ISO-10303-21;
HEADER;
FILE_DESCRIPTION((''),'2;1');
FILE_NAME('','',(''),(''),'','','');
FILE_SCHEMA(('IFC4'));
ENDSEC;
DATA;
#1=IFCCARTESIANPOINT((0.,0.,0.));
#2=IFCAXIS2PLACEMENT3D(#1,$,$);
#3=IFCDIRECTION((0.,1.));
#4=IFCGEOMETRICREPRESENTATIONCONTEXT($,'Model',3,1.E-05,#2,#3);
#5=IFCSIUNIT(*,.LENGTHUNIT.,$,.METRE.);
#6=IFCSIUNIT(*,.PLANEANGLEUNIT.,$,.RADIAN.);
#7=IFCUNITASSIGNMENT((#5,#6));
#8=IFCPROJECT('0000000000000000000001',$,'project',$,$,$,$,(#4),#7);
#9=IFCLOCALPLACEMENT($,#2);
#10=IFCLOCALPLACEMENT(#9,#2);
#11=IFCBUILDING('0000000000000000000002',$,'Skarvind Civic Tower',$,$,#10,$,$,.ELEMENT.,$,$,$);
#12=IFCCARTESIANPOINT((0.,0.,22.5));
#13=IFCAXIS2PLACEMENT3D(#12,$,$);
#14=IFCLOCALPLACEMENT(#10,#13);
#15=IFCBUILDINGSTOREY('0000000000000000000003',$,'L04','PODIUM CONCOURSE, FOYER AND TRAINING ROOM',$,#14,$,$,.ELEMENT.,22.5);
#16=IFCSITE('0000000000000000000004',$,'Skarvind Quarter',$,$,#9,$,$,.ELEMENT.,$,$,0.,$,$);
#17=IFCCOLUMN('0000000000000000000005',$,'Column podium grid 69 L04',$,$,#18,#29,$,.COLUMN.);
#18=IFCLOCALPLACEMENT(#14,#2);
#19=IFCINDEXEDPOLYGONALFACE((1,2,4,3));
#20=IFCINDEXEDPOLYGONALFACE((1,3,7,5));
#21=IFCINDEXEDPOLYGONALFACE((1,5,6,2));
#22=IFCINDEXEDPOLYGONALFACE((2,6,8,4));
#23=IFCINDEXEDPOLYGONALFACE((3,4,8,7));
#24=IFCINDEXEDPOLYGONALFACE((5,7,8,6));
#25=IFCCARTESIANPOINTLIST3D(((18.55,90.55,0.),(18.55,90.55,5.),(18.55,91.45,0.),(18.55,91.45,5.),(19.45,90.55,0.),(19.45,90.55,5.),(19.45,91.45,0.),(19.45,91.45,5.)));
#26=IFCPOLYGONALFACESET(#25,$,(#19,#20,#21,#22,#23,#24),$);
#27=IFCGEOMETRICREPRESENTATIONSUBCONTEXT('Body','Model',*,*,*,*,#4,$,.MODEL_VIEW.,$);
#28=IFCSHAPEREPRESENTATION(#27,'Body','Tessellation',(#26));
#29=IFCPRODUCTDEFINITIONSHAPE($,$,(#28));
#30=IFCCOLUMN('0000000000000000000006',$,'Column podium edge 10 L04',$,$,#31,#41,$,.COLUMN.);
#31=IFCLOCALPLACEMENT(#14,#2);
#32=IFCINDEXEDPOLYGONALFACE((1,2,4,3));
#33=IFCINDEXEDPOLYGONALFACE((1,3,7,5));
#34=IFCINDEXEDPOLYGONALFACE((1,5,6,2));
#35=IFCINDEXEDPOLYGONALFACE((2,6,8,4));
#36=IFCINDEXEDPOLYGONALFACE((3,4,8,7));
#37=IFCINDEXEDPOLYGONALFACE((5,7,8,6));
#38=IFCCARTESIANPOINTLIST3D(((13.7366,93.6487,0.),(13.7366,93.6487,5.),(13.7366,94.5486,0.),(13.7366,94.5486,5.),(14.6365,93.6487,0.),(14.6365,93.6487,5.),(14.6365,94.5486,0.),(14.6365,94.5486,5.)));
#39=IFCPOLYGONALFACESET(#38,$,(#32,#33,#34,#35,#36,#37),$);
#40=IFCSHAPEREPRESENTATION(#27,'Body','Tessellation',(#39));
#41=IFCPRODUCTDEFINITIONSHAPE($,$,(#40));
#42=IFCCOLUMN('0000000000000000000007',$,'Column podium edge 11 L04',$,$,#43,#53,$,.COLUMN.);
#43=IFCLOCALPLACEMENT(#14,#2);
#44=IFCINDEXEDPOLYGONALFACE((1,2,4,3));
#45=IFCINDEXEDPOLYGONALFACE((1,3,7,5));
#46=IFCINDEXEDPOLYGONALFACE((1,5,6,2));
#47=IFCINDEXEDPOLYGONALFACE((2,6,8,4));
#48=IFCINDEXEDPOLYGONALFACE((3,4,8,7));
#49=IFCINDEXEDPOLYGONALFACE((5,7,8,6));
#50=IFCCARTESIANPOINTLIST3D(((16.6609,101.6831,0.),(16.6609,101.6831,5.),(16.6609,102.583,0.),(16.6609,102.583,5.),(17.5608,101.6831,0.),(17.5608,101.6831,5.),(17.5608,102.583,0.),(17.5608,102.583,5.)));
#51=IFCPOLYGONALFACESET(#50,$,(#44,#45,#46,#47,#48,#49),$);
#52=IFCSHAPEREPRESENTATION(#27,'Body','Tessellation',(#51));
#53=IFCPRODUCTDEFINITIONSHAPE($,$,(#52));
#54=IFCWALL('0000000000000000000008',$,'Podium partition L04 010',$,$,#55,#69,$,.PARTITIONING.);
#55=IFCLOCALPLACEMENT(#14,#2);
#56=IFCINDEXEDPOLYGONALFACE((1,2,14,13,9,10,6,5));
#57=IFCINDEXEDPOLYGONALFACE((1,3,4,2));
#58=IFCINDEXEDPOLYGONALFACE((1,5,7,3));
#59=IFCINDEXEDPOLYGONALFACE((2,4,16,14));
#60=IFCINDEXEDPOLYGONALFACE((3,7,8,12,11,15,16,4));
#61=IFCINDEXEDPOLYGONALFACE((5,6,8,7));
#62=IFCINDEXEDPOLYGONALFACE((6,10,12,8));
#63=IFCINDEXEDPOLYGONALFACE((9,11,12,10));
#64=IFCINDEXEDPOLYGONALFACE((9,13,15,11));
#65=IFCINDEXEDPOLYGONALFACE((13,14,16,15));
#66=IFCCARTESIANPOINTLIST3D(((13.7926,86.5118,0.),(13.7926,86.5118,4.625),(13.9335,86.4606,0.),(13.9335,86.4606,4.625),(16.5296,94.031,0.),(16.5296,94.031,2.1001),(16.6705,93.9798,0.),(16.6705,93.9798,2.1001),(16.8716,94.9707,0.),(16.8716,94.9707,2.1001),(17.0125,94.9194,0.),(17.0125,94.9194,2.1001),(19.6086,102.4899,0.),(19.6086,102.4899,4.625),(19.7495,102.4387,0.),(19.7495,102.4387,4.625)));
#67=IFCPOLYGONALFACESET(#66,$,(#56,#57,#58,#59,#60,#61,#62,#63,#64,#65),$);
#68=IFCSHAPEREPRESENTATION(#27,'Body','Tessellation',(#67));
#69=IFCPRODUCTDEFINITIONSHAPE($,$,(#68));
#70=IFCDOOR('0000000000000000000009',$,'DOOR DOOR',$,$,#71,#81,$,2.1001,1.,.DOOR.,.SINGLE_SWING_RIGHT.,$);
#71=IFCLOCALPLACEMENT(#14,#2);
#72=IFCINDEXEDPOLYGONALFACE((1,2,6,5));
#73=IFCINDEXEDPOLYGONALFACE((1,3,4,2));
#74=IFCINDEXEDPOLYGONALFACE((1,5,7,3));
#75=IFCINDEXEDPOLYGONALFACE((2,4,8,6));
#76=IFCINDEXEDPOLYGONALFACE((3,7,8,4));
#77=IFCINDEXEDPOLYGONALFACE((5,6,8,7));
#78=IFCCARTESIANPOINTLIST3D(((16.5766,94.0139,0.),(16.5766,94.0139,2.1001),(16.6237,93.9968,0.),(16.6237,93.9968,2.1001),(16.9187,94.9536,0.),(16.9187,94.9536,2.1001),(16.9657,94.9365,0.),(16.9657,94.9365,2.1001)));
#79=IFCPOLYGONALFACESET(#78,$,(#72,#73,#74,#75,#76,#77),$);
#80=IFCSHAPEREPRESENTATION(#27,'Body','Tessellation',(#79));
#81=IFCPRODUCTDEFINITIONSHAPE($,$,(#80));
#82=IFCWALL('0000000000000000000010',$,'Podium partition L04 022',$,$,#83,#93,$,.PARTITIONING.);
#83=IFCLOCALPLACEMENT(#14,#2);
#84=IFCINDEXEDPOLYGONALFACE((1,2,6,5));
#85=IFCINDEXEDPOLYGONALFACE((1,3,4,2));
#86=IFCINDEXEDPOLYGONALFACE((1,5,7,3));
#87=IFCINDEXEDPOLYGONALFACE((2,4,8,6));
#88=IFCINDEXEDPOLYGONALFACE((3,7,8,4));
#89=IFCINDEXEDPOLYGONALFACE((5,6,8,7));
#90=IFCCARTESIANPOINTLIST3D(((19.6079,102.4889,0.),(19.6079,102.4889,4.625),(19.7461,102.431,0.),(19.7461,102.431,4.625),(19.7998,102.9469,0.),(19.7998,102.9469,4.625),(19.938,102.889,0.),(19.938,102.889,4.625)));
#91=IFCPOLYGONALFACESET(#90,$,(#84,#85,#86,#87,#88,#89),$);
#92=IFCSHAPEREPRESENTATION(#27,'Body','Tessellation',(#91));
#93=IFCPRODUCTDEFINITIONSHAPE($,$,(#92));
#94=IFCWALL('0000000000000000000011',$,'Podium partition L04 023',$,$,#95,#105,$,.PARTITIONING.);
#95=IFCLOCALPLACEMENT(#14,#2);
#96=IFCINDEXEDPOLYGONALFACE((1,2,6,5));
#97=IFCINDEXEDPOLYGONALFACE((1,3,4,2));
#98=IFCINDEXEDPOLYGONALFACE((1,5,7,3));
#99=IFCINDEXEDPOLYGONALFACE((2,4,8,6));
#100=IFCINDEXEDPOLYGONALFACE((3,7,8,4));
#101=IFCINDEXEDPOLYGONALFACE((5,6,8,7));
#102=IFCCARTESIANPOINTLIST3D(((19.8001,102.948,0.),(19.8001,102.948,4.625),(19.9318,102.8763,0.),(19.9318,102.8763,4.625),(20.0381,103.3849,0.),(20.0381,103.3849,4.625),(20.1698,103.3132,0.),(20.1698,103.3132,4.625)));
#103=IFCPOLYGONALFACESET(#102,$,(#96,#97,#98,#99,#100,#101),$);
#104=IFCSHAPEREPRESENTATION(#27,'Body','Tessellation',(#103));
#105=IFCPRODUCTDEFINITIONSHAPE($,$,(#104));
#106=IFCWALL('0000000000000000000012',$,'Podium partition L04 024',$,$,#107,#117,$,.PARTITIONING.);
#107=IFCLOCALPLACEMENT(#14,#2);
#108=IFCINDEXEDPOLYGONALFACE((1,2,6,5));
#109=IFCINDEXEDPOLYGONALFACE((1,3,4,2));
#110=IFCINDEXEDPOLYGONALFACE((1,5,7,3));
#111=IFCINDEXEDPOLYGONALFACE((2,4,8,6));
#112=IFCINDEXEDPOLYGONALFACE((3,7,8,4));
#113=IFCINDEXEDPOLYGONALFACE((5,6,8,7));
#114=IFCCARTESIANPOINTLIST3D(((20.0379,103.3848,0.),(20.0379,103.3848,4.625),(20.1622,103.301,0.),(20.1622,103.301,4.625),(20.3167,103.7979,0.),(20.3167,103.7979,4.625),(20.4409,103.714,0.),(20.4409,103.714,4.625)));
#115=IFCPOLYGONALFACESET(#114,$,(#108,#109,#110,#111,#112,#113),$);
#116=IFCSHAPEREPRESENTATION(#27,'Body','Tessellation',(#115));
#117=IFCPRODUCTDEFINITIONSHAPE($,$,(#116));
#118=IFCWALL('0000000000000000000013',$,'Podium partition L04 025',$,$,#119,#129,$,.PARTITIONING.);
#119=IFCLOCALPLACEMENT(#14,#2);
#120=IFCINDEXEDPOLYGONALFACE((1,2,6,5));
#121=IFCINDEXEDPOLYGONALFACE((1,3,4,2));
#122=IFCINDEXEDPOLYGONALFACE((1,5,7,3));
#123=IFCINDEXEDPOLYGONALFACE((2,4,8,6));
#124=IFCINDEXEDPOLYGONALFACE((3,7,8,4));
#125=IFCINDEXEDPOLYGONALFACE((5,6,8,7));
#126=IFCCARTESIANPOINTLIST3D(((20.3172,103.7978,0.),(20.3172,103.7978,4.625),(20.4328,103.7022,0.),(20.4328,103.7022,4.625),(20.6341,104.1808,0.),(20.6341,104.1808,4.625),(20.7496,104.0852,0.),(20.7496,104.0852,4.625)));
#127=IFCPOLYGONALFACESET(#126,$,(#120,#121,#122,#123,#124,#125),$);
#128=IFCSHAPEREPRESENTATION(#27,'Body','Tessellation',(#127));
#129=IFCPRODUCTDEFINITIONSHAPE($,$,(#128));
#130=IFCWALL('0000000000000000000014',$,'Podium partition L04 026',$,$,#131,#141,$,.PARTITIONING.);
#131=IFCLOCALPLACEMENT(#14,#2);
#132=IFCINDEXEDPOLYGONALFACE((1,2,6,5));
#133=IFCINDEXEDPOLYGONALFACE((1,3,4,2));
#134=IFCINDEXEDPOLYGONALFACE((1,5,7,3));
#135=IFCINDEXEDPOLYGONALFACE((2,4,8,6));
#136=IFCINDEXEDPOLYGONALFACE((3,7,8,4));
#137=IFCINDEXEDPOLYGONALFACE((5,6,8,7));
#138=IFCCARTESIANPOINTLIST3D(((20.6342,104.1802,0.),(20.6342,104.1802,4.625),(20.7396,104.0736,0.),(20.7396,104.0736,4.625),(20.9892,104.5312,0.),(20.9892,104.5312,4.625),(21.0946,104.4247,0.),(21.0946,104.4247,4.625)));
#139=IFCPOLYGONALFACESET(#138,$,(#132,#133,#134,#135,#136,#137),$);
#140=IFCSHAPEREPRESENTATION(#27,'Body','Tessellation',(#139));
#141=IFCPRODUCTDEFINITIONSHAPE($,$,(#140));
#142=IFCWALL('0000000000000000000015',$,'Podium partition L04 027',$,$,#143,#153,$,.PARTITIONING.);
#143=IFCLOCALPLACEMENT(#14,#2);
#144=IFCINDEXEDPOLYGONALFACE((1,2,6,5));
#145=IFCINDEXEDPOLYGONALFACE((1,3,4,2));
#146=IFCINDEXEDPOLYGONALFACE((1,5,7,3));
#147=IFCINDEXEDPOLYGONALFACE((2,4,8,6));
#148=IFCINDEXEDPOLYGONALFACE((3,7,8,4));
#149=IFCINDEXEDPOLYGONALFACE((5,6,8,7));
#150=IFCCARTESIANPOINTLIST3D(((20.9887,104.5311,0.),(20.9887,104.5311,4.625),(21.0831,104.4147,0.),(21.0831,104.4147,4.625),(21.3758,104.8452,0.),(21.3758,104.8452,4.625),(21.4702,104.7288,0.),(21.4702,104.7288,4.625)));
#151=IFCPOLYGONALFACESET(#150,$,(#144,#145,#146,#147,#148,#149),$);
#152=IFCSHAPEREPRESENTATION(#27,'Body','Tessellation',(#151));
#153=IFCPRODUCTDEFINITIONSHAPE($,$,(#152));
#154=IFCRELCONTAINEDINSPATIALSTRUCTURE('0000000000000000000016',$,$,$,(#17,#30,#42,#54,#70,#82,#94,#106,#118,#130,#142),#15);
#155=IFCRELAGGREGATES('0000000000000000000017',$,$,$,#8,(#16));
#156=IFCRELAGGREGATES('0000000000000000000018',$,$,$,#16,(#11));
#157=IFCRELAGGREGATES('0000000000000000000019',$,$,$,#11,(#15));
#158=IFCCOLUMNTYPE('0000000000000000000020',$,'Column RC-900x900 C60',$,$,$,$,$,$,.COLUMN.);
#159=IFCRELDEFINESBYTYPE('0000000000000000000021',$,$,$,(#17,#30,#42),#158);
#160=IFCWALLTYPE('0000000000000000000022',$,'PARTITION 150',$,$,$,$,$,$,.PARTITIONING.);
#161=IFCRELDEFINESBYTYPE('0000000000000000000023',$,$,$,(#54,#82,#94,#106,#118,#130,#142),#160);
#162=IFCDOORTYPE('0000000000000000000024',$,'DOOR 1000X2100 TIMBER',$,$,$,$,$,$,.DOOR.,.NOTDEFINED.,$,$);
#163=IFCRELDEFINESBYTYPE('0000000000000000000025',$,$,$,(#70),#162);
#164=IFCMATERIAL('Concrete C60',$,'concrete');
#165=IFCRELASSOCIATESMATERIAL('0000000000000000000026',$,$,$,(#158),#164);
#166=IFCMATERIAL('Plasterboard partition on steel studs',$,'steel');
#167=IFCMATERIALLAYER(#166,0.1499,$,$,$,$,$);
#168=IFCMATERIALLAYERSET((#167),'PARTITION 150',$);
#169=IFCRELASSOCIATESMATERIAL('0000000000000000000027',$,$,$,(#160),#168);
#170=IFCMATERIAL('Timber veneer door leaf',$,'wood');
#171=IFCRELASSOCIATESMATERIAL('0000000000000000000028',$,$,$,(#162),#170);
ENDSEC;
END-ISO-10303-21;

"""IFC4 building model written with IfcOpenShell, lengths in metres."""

from ifc_helpers import new_model, si_unit, direction, frame, frame_2d, origin, origin_2d, place, context, subcontext, project, spatial, rectangle, extrude, material, layer, layer_set, material_profile, profile_set, type_object, element, fill, save


model = new_model("IFC4")

# Units and contexts
model_context = context("Model", 3, precision=1e-05, world=origin(), true_north=direction((0.0, 1.0)))
body_context = subcontext(model_context, "Body", "Model", "MODEL_VIEW")
ifc_project = project(units=[si_unit("LENGTHUNIT", "METRE"), si_unit("PLANEANGLEUNIT", "RADIAN")], contexts=[model_context])

# Site, building, storey
site_placement = place(None, origin())
site = spatial("IfcSite", under=ifc_project, at=site_placement, Name="Skarvind Quarter", CompositionType="ELEMENT", RefElevation=0.0)
building_placement = place(site_placement, origin())
building = spatial("IfcBuilding", under=site, at=building_placement, Name="Skarvind Civic Tower", CompositionType="ELEMENT")
storey_placement = place(building_placement, frame((0.0, 0.0, 22.5)))
storey = spatial("IfcBuildingStorey", under=building, at=storey_placement, Name="L04", Description="PODIUM CONCOURSE, FOYER AND TRAINING ROOM", CompositionType="ELEMENT", Elevation=22.5)

# Columns
ifc_material_1 = material(Name="Concrete C60", Category="concrete")
ifc_material_profile = material_profile(ifc_material_1, rectangle(XDim=0.8999, YDim=0.8999, at=origin_2d()), Name="RC-900x900")
ifc_profile_set = profile_set([ifc_material_profile], Name="Concrete C60")
column_type = type_object("IfcColumnType", Name="Column RC-900x900 C60", PredefinedType="COLUMN", material=ifc_profile_set)
for number, where, z_axis, x_axis, name in (
    (1, (19.0, 91.0, 0.0), (0.0, 0.0, 1.0), (1.0, 0.0, 0.0), "Column podium grid 69 L04"),
    (2, (14.1865, 94.0986, 0.0), (0.0, 0.0, 1.0), (1.0, 0.0, 0.0), "Column podium edge 10 L04"),
    (3, (17.1108, 102.1331, 0.0), (0.0, 0.0, 1.0), (1.0, 0.0, 0.0), "Column podium edge 11 L04"),
):
    element("IfcColumn", number, at=place(storey_placement, frame(where, z_axis=z_axis, x_axis=x_axis)), inside=storey, type_object=column_type, Name=name, PredefinedType="COLUMN", context=body_context, shape_type="SweptSolid", body=[
        extrude(rectangle(XDim=0.8999, YDim=0.8999, at=origin_2d()), origin(), (0.0, 0.0, 1.0), 5.0),
    ])

# Wall, opening, door
ifc_material_2 = material(Name="Plasterboard partition on steel studs", Category="steel")
ifc_layer_1 = layer(ifc_material_2, 0.1499)
ifc_layer_set_1 = layer_set([ifc_layer_1], Name="PARTITION 150")
wall_type_1 = type_object("IfcWallType", Name="PARTITION 150", PredefinedType="PARTITIONING", material=ifc_layer_set_1)
wall_1_placement = place(storey_placement, frame((13.863, 86.4861, 0.0), z_axis=(0.0, 0.0, 1.0), x_axis=(0.34204, 0.939685, 0.0)))
wall_1 = element("IfcWall", 4, at=wall_1_placement, inside=storey, type_object=wall_type_1, Name="Podium partition L04 010", PredefinedType="PARTITIONING", context=body_context, shape_type="SweptSolid", body=[
    extrude(rectangle(XDim=17.0037, YDim=0.1499, at=frame_2d((8.502, 0.0))), origin(), (0.0, 0.0, 1.0), 4.625),
])
opening_1_placement = place(wall_1_placement, frame((8.002, 0.0, 0.0)))
opening_1 = element("IfcOpeningElement", 5, at=opening_1_placement, cuts=wall_1, PredefinedType="OPENING", context=body_context, shape_type="SweptSolid", body=[
    extrude(rectangle(XDim=1.0, YDim=2.1001, at=frame_2d((0.5, 1.05))), frame((0.0, 0.085, 0.0), z_axis=(0.0, -1.0, 0.0), x_axis=(1.0, 0.0, 0.0)), (0.0, 0.0, 1.0), 0.1699),
])
ifc_material_3 = material(Name="Timber veneer door leaf", Category="wood")
door_type = type_object("IfcDoorType", Name="DOOR 1000X2100 TIMBER", OperationType="NOTDEFINED", PredefinedType="DOOR", material=ifc_material_3)
door_placement = place(opening_1_placement, origin())
door = element("IfcDoor", 6, at=door_placement, inside=storey, type_object=door_type, Name="DOOR DOOR", OperationType="SINGLE_SWING_RIGHT", OverallHeight=2.1001, OverallWidth=1.0, PredefinedType="DOOR", context=body_context, shape_type="SweptSolid", body=[
    extrude(rectangle(XDim=1.0, YDim=2.1001, at=frame_2d((0.5, 1.05))), frame((0.0, 0.0249, 0.0), z_axis=(0.0, -1.0, 0.0), x_axis=(1.0, 0.0, 0.0)), (0.0, 0.0, 1.0), 0.05),
])
fill(opening_1, door)

# Walls
wall_2_placement = place(storey_placement, frame((19.677, 102.46, 0.0), z_axis=(0.0, 0.0, 1.0), x_axis=(0.38643, 0.922319, 0.0)))
element("IfcWall", 7, at=wall_2_placement, inside=storey, type_object=wall_type_1, Name="Podium partition L04 022", PredefinedType="PARTITIONING", context=body_context, shape_type="SweptSolid", body=[
    extrude(rectangle(XDim=0.4966, YDim=0.1499, at=frame_2d((0.2483, 0.0))), origin(), (0.0, 0.0, 1.0), 4.625),
])
wall_3_placement = place(storey_placement, frame((19.866, 102.9121, 0.0), z_axis=(0.0, 0.0, 1.0), x_axis=(0.478336, 0.878177, 0.0)))
element("IfcWall", 8, at=wall_3_placement, inside=storey, type_object=wall_type_1, Name="Podium partition L04 023", PredefinedType="PARTITIONING", context=body_context, shape_type="SweptSolid", body=[
    extrude(rectangle(XDim=0.4976, YDim=0.1499, at=frame_2d((0.2488, 0.0))), origin(), (0.0, 0.0, 1.0), 4.625),
])
wall_4_placement = place(storey_placement, frame((20.1001, 103.343, 0.0), z_axis=(0.0, 0.0, 1.0), x_axis=(0.559439, 0.828871, 0.0)))
element("IfcWall", 9, at=wall_4_placement, inside=storey, type_object=wall_type_1, Name="Podium partition L04 024", PredefinedType="PARTITIONING", context=body_context, shape_type="SweptSolid", body=[
    extrude(rectangle(XDim=0.4983, YDim=0.1499, at=frame_2d((0.249, 0.0))), origin(), (0.0, 0.0, 1.0), 4.625),
])
wall_5_placement = place(storey_placement, frame((20.375, 103.75, 0.0), z_axis=(0.0, 0.0, 1.0), x_axis=(0.637427, 0.770511, 0.0)))
element("IfcWall", 10, at=wall_5_placement, inside=storey, type_object=wall_type_1, Name="Podium partition L04 025", PredefinedType="PARTITIONING", context=body_context, shape_type="SweptSolid", body=[
    extrude(rectangle(XDim=0.4971, YDim=0.1499, at=frame_2d((0.2485, 0.0))), origin(), (0.0, 0.0, 1.0), 4.625),
])
wall_6_placement = place(storey_placement, frame((20.687, 104.127, 0.0), z_axis=(0.0, 0.0, 1.0), x_axis=(0.711008, 0.703184, 0.0)))
element("IfcWall", 11, at=wall_6_placement, inside=storey, type_object=wall_type_1, Name="Podium partition L04 026", PredefinedType="PARTITIONING", context=body_context, shape_type="SweptSolid", body=[
    extrude(rectangle(XDim=0.4993, YDim=0.1499, at=frame_2d((0.2495, 0.0))), origin(), (0.0, 0.0, 1.0), 4.625),
])
wall_7_placement = place(storey_placement, frame((21.0359, 104.4729, 0.0), z_axis=(0.0, 0.0, 1.0), x_axis=(0.776503, 0.630113, 0.0)))
element("IfcWall", 12, at=wall_7_placement, inside=storey, type_object=wall_type_1, Name="Podium partition L04 027", PredefinedType="PARTITIONING", context=body_context, shape_type="SweptSolid", body=[
    extrude(rectangle(XDim=0.4985, YDim=0.1499, at=frame_2d((0.2493, 0.0))), origin(), (0.0, 0.0, 1.0), 4.625),
])

save(model, "model.ifc")
